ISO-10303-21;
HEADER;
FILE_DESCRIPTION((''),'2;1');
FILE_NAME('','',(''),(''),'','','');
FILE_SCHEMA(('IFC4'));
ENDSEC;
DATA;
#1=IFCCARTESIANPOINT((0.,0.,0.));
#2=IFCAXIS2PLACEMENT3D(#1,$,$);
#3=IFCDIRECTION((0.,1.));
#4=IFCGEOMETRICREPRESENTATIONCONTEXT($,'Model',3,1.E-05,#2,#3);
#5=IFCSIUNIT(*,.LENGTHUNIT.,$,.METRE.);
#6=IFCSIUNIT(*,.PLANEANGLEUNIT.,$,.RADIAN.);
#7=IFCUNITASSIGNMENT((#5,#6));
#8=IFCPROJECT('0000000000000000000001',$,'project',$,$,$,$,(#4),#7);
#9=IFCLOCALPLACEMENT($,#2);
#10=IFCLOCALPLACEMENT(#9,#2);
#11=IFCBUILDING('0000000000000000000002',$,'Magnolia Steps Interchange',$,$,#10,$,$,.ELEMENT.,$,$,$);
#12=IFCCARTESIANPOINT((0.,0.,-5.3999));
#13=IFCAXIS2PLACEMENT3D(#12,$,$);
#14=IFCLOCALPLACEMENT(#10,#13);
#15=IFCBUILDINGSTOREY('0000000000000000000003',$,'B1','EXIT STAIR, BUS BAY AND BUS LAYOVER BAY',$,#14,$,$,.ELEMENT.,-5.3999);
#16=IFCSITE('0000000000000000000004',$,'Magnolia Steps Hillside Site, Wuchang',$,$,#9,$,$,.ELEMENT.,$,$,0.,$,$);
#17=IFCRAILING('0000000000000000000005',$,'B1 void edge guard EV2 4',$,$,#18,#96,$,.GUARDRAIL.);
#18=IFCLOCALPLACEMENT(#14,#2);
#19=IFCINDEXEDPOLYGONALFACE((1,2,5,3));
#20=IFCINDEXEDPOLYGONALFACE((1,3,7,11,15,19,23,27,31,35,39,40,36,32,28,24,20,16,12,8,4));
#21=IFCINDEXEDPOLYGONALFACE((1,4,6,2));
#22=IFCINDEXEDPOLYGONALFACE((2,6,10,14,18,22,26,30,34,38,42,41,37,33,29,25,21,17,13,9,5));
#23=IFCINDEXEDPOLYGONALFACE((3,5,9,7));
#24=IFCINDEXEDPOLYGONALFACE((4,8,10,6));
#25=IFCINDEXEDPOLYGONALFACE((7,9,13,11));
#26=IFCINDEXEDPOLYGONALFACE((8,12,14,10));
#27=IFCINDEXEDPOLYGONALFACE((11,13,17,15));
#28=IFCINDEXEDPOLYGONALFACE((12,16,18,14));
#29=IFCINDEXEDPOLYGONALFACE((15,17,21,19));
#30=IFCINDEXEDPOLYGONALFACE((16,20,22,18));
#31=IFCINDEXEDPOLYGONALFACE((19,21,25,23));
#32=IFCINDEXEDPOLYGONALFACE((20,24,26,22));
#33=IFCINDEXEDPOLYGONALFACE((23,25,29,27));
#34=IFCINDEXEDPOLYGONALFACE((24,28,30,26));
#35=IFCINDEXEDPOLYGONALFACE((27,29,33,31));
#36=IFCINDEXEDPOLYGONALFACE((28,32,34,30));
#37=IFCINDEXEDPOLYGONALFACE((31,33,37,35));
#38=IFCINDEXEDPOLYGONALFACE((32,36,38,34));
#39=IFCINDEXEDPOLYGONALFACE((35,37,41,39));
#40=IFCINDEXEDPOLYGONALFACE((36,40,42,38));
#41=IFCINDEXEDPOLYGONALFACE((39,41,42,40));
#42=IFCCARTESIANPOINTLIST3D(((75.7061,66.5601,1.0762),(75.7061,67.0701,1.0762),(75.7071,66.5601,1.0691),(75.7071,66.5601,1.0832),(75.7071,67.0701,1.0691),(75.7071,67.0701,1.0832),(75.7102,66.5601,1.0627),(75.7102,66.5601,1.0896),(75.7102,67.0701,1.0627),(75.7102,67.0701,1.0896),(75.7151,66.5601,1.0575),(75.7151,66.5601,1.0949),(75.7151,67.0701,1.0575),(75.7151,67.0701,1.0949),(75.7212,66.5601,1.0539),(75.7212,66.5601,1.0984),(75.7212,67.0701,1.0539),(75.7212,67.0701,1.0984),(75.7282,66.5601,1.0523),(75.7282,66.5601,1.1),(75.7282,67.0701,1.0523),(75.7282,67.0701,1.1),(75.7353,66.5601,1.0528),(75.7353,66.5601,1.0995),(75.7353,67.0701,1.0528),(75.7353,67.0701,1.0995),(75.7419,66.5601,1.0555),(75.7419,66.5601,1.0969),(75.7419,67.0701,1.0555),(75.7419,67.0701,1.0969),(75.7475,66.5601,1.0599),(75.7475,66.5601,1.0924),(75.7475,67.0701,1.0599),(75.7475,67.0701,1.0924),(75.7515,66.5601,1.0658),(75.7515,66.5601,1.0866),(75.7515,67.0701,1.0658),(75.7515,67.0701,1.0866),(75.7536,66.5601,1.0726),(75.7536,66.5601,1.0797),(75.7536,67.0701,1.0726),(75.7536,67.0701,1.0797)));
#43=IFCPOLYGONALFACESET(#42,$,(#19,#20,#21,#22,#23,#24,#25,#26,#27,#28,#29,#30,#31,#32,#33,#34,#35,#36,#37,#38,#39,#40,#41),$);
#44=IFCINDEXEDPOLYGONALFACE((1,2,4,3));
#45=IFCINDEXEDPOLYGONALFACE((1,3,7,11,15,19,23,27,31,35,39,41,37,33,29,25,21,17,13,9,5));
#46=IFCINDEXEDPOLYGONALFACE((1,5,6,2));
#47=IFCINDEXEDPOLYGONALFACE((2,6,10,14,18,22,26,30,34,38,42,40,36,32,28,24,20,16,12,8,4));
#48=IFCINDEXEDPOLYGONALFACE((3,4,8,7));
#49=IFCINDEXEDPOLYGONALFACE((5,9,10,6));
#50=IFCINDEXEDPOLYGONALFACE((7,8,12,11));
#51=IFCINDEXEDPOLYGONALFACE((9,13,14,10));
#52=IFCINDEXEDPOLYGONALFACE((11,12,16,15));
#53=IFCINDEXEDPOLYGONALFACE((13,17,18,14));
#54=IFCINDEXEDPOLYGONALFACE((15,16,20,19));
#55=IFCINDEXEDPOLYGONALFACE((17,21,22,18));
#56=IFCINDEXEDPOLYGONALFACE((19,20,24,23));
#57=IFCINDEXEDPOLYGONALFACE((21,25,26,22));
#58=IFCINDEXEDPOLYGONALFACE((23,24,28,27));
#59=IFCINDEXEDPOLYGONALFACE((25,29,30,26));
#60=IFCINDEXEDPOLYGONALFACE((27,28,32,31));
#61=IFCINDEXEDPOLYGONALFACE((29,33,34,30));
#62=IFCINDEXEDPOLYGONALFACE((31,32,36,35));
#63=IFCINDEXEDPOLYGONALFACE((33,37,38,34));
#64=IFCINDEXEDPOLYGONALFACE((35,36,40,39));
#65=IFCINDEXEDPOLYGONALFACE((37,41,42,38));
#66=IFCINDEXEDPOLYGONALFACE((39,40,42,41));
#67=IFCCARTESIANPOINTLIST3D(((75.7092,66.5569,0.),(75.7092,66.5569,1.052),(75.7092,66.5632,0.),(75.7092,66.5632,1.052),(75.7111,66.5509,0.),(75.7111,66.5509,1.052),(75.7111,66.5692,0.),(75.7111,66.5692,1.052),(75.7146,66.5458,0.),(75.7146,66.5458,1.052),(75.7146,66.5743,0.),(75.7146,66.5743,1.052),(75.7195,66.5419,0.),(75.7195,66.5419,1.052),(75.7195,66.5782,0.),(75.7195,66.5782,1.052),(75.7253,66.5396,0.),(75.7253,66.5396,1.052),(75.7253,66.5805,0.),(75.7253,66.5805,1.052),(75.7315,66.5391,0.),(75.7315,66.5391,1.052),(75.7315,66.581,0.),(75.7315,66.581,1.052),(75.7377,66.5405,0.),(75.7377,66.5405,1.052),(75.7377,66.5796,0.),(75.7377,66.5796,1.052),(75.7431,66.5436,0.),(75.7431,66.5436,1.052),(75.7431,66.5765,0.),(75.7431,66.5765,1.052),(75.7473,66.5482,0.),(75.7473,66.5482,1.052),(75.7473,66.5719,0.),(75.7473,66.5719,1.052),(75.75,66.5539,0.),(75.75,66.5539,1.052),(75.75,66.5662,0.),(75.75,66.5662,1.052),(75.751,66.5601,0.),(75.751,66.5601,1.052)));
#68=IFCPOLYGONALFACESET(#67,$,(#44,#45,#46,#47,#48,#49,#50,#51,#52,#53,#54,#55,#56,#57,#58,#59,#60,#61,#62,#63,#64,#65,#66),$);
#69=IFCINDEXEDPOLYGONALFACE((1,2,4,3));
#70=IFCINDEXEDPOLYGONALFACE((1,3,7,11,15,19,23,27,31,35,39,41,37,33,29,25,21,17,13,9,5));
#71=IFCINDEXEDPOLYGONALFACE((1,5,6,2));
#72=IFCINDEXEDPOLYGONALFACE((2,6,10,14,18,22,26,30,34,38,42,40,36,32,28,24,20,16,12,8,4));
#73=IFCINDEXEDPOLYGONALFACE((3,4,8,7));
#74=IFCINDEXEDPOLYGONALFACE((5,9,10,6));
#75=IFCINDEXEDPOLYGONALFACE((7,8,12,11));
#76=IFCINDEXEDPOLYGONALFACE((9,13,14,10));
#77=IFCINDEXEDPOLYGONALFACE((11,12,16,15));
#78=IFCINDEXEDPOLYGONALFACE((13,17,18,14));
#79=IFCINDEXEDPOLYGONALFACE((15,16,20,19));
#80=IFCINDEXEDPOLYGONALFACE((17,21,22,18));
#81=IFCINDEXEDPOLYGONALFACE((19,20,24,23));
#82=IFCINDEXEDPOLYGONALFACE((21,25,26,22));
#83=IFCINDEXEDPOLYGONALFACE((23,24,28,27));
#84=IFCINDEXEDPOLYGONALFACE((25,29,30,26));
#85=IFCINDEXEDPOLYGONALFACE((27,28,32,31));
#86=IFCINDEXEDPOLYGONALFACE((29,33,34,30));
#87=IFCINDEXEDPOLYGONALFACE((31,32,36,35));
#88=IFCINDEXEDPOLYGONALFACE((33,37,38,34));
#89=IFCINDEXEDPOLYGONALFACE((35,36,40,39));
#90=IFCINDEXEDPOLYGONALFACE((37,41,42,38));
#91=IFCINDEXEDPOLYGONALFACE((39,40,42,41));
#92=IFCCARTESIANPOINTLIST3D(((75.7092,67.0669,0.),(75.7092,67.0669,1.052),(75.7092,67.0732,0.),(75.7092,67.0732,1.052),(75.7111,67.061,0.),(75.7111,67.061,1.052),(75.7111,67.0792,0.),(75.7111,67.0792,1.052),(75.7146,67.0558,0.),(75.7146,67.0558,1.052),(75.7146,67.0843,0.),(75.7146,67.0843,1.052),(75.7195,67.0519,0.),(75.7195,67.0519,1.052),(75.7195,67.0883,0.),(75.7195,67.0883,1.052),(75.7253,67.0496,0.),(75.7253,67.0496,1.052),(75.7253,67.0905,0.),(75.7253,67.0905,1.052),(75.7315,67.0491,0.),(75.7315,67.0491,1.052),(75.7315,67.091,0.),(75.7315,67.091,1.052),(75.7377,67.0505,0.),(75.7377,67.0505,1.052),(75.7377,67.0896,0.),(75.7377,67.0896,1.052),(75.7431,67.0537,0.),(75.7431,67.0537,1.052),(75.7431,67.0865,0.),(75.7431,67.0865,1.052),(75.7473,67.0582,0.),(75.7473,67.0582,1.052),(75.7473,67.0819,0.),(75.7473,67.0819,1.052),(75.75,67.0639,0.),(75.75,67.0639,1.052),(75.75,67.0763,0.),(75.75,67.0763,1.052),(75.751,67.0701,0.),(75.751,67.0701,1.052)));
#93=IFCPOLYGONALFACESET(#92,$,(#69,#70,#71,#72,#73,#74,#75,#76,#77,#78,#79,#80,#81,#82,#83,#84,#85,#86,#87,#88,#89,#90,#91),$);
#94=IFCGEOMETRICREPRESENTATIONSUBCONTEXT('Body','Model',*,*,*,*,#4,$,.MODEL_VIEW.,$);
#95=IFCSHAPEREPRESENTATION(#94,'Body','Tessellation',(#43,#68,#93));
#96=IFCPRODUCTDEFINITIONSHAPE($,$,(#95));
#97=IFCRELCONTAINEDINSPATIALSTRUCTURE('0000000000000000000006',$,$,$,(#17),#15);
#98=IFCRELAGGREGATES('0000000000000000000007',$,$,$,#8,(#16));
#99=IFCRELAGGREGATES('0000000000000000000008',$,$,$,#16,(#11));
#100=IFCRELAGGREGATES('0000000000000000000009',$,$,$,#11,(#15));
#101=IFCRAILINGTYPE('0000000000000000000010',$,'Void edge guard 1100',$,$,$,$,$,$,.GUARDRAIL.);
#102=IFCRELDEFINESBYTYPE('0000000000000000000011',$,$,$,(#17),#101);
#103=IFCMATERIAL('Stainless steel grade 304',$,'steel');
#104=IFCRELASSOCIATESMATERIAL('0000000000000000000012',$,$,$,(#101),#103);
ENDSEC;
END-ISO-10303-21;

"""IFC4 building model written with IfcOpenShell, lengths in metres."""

from ifc_helpers import new_model, si_unit, direction, frame, origin, origin_2d, place, context, subcontext, project, spatial, circle, extrude, material, type_object, element, save


model = new_model("IFC4")

# Units and contexts
model_context = context("Model", 3, precision=1e-05, world=origin(), true_north=direction((0.0, 1.0)))
body_context = subcontext(model_context, "Body", "Model", "MODEL_VIEW")
ifc_project = project(units=[si_unit("LENGTHUNIT", "METRE"), si_unit("PLANEANGLEUNIT", "RADIAN")], contexts=[model_context])

# Site, building, storey
site_placement = place(None, origin())
site = spatial("IfcSite", under=ifc_project, at=site_placement, Name="Magnolia Steps Hillside Site, Wuchang", CompositionType="ELEMENT", RefElevation=0.0)
building_placement = place(site_placement, origin())
building = spatial("IfcBuilding", under=site, at=building_placement, Name="Magnolia Steps Interchange", CompositionType="ELEMENT")
storey_placement = place(building_placement, frame((0.0, 0.0, -5.3999)))
storey = spatial("IfcBuildingStorey", under=building, at=storey_placement, Name="B1", Description="EXIT STAIR, BUS BAY AND BUS LAYOVER BAY", CompositionType="ELEMENT", Elevation=-5.3999)

# Railing
ifc_material_1 = material(Name="Stainless steel grade 304", Category="steel")
railing_type = type_object("IfcRailingType", Name="Void edge guard 1100", PredefinedType="GUARDRAIL", material=ifc_material_1)
railing_1_placement = place(storey_placement, frame((75.73, 66.5601, 0.0)))
element("IfcRailing", 1, at=railing_1_placement, inside=storey, type_object=railing_type, Name="B1 void edge guard EV2 4", PredefinedType="GUARDRAIL", context=body_context, shape_type="SweptSolid", body=[
    extrude(circle(Radius=0.0239, at=origin_2d()), frame((0.0, 0.0, 1.0762), z_axis=(0.0, 1.0, 0.0), x_axis=(-1.0, 0.0, 0.0)), (0.0, 0.0, 1.0), 0.51),
    extrude(circle(Radius=0.021, at=origin_2d()), origin(), (0.0, 0.0, 1.0), 1.052),
    extrude(circle(Radius=0.021, at=origin_2d()), frame((0.0, 0.51, 0.0)), (0.0, 0.0, 1.0), 1.052),
])

save(model, "model.ifc")
